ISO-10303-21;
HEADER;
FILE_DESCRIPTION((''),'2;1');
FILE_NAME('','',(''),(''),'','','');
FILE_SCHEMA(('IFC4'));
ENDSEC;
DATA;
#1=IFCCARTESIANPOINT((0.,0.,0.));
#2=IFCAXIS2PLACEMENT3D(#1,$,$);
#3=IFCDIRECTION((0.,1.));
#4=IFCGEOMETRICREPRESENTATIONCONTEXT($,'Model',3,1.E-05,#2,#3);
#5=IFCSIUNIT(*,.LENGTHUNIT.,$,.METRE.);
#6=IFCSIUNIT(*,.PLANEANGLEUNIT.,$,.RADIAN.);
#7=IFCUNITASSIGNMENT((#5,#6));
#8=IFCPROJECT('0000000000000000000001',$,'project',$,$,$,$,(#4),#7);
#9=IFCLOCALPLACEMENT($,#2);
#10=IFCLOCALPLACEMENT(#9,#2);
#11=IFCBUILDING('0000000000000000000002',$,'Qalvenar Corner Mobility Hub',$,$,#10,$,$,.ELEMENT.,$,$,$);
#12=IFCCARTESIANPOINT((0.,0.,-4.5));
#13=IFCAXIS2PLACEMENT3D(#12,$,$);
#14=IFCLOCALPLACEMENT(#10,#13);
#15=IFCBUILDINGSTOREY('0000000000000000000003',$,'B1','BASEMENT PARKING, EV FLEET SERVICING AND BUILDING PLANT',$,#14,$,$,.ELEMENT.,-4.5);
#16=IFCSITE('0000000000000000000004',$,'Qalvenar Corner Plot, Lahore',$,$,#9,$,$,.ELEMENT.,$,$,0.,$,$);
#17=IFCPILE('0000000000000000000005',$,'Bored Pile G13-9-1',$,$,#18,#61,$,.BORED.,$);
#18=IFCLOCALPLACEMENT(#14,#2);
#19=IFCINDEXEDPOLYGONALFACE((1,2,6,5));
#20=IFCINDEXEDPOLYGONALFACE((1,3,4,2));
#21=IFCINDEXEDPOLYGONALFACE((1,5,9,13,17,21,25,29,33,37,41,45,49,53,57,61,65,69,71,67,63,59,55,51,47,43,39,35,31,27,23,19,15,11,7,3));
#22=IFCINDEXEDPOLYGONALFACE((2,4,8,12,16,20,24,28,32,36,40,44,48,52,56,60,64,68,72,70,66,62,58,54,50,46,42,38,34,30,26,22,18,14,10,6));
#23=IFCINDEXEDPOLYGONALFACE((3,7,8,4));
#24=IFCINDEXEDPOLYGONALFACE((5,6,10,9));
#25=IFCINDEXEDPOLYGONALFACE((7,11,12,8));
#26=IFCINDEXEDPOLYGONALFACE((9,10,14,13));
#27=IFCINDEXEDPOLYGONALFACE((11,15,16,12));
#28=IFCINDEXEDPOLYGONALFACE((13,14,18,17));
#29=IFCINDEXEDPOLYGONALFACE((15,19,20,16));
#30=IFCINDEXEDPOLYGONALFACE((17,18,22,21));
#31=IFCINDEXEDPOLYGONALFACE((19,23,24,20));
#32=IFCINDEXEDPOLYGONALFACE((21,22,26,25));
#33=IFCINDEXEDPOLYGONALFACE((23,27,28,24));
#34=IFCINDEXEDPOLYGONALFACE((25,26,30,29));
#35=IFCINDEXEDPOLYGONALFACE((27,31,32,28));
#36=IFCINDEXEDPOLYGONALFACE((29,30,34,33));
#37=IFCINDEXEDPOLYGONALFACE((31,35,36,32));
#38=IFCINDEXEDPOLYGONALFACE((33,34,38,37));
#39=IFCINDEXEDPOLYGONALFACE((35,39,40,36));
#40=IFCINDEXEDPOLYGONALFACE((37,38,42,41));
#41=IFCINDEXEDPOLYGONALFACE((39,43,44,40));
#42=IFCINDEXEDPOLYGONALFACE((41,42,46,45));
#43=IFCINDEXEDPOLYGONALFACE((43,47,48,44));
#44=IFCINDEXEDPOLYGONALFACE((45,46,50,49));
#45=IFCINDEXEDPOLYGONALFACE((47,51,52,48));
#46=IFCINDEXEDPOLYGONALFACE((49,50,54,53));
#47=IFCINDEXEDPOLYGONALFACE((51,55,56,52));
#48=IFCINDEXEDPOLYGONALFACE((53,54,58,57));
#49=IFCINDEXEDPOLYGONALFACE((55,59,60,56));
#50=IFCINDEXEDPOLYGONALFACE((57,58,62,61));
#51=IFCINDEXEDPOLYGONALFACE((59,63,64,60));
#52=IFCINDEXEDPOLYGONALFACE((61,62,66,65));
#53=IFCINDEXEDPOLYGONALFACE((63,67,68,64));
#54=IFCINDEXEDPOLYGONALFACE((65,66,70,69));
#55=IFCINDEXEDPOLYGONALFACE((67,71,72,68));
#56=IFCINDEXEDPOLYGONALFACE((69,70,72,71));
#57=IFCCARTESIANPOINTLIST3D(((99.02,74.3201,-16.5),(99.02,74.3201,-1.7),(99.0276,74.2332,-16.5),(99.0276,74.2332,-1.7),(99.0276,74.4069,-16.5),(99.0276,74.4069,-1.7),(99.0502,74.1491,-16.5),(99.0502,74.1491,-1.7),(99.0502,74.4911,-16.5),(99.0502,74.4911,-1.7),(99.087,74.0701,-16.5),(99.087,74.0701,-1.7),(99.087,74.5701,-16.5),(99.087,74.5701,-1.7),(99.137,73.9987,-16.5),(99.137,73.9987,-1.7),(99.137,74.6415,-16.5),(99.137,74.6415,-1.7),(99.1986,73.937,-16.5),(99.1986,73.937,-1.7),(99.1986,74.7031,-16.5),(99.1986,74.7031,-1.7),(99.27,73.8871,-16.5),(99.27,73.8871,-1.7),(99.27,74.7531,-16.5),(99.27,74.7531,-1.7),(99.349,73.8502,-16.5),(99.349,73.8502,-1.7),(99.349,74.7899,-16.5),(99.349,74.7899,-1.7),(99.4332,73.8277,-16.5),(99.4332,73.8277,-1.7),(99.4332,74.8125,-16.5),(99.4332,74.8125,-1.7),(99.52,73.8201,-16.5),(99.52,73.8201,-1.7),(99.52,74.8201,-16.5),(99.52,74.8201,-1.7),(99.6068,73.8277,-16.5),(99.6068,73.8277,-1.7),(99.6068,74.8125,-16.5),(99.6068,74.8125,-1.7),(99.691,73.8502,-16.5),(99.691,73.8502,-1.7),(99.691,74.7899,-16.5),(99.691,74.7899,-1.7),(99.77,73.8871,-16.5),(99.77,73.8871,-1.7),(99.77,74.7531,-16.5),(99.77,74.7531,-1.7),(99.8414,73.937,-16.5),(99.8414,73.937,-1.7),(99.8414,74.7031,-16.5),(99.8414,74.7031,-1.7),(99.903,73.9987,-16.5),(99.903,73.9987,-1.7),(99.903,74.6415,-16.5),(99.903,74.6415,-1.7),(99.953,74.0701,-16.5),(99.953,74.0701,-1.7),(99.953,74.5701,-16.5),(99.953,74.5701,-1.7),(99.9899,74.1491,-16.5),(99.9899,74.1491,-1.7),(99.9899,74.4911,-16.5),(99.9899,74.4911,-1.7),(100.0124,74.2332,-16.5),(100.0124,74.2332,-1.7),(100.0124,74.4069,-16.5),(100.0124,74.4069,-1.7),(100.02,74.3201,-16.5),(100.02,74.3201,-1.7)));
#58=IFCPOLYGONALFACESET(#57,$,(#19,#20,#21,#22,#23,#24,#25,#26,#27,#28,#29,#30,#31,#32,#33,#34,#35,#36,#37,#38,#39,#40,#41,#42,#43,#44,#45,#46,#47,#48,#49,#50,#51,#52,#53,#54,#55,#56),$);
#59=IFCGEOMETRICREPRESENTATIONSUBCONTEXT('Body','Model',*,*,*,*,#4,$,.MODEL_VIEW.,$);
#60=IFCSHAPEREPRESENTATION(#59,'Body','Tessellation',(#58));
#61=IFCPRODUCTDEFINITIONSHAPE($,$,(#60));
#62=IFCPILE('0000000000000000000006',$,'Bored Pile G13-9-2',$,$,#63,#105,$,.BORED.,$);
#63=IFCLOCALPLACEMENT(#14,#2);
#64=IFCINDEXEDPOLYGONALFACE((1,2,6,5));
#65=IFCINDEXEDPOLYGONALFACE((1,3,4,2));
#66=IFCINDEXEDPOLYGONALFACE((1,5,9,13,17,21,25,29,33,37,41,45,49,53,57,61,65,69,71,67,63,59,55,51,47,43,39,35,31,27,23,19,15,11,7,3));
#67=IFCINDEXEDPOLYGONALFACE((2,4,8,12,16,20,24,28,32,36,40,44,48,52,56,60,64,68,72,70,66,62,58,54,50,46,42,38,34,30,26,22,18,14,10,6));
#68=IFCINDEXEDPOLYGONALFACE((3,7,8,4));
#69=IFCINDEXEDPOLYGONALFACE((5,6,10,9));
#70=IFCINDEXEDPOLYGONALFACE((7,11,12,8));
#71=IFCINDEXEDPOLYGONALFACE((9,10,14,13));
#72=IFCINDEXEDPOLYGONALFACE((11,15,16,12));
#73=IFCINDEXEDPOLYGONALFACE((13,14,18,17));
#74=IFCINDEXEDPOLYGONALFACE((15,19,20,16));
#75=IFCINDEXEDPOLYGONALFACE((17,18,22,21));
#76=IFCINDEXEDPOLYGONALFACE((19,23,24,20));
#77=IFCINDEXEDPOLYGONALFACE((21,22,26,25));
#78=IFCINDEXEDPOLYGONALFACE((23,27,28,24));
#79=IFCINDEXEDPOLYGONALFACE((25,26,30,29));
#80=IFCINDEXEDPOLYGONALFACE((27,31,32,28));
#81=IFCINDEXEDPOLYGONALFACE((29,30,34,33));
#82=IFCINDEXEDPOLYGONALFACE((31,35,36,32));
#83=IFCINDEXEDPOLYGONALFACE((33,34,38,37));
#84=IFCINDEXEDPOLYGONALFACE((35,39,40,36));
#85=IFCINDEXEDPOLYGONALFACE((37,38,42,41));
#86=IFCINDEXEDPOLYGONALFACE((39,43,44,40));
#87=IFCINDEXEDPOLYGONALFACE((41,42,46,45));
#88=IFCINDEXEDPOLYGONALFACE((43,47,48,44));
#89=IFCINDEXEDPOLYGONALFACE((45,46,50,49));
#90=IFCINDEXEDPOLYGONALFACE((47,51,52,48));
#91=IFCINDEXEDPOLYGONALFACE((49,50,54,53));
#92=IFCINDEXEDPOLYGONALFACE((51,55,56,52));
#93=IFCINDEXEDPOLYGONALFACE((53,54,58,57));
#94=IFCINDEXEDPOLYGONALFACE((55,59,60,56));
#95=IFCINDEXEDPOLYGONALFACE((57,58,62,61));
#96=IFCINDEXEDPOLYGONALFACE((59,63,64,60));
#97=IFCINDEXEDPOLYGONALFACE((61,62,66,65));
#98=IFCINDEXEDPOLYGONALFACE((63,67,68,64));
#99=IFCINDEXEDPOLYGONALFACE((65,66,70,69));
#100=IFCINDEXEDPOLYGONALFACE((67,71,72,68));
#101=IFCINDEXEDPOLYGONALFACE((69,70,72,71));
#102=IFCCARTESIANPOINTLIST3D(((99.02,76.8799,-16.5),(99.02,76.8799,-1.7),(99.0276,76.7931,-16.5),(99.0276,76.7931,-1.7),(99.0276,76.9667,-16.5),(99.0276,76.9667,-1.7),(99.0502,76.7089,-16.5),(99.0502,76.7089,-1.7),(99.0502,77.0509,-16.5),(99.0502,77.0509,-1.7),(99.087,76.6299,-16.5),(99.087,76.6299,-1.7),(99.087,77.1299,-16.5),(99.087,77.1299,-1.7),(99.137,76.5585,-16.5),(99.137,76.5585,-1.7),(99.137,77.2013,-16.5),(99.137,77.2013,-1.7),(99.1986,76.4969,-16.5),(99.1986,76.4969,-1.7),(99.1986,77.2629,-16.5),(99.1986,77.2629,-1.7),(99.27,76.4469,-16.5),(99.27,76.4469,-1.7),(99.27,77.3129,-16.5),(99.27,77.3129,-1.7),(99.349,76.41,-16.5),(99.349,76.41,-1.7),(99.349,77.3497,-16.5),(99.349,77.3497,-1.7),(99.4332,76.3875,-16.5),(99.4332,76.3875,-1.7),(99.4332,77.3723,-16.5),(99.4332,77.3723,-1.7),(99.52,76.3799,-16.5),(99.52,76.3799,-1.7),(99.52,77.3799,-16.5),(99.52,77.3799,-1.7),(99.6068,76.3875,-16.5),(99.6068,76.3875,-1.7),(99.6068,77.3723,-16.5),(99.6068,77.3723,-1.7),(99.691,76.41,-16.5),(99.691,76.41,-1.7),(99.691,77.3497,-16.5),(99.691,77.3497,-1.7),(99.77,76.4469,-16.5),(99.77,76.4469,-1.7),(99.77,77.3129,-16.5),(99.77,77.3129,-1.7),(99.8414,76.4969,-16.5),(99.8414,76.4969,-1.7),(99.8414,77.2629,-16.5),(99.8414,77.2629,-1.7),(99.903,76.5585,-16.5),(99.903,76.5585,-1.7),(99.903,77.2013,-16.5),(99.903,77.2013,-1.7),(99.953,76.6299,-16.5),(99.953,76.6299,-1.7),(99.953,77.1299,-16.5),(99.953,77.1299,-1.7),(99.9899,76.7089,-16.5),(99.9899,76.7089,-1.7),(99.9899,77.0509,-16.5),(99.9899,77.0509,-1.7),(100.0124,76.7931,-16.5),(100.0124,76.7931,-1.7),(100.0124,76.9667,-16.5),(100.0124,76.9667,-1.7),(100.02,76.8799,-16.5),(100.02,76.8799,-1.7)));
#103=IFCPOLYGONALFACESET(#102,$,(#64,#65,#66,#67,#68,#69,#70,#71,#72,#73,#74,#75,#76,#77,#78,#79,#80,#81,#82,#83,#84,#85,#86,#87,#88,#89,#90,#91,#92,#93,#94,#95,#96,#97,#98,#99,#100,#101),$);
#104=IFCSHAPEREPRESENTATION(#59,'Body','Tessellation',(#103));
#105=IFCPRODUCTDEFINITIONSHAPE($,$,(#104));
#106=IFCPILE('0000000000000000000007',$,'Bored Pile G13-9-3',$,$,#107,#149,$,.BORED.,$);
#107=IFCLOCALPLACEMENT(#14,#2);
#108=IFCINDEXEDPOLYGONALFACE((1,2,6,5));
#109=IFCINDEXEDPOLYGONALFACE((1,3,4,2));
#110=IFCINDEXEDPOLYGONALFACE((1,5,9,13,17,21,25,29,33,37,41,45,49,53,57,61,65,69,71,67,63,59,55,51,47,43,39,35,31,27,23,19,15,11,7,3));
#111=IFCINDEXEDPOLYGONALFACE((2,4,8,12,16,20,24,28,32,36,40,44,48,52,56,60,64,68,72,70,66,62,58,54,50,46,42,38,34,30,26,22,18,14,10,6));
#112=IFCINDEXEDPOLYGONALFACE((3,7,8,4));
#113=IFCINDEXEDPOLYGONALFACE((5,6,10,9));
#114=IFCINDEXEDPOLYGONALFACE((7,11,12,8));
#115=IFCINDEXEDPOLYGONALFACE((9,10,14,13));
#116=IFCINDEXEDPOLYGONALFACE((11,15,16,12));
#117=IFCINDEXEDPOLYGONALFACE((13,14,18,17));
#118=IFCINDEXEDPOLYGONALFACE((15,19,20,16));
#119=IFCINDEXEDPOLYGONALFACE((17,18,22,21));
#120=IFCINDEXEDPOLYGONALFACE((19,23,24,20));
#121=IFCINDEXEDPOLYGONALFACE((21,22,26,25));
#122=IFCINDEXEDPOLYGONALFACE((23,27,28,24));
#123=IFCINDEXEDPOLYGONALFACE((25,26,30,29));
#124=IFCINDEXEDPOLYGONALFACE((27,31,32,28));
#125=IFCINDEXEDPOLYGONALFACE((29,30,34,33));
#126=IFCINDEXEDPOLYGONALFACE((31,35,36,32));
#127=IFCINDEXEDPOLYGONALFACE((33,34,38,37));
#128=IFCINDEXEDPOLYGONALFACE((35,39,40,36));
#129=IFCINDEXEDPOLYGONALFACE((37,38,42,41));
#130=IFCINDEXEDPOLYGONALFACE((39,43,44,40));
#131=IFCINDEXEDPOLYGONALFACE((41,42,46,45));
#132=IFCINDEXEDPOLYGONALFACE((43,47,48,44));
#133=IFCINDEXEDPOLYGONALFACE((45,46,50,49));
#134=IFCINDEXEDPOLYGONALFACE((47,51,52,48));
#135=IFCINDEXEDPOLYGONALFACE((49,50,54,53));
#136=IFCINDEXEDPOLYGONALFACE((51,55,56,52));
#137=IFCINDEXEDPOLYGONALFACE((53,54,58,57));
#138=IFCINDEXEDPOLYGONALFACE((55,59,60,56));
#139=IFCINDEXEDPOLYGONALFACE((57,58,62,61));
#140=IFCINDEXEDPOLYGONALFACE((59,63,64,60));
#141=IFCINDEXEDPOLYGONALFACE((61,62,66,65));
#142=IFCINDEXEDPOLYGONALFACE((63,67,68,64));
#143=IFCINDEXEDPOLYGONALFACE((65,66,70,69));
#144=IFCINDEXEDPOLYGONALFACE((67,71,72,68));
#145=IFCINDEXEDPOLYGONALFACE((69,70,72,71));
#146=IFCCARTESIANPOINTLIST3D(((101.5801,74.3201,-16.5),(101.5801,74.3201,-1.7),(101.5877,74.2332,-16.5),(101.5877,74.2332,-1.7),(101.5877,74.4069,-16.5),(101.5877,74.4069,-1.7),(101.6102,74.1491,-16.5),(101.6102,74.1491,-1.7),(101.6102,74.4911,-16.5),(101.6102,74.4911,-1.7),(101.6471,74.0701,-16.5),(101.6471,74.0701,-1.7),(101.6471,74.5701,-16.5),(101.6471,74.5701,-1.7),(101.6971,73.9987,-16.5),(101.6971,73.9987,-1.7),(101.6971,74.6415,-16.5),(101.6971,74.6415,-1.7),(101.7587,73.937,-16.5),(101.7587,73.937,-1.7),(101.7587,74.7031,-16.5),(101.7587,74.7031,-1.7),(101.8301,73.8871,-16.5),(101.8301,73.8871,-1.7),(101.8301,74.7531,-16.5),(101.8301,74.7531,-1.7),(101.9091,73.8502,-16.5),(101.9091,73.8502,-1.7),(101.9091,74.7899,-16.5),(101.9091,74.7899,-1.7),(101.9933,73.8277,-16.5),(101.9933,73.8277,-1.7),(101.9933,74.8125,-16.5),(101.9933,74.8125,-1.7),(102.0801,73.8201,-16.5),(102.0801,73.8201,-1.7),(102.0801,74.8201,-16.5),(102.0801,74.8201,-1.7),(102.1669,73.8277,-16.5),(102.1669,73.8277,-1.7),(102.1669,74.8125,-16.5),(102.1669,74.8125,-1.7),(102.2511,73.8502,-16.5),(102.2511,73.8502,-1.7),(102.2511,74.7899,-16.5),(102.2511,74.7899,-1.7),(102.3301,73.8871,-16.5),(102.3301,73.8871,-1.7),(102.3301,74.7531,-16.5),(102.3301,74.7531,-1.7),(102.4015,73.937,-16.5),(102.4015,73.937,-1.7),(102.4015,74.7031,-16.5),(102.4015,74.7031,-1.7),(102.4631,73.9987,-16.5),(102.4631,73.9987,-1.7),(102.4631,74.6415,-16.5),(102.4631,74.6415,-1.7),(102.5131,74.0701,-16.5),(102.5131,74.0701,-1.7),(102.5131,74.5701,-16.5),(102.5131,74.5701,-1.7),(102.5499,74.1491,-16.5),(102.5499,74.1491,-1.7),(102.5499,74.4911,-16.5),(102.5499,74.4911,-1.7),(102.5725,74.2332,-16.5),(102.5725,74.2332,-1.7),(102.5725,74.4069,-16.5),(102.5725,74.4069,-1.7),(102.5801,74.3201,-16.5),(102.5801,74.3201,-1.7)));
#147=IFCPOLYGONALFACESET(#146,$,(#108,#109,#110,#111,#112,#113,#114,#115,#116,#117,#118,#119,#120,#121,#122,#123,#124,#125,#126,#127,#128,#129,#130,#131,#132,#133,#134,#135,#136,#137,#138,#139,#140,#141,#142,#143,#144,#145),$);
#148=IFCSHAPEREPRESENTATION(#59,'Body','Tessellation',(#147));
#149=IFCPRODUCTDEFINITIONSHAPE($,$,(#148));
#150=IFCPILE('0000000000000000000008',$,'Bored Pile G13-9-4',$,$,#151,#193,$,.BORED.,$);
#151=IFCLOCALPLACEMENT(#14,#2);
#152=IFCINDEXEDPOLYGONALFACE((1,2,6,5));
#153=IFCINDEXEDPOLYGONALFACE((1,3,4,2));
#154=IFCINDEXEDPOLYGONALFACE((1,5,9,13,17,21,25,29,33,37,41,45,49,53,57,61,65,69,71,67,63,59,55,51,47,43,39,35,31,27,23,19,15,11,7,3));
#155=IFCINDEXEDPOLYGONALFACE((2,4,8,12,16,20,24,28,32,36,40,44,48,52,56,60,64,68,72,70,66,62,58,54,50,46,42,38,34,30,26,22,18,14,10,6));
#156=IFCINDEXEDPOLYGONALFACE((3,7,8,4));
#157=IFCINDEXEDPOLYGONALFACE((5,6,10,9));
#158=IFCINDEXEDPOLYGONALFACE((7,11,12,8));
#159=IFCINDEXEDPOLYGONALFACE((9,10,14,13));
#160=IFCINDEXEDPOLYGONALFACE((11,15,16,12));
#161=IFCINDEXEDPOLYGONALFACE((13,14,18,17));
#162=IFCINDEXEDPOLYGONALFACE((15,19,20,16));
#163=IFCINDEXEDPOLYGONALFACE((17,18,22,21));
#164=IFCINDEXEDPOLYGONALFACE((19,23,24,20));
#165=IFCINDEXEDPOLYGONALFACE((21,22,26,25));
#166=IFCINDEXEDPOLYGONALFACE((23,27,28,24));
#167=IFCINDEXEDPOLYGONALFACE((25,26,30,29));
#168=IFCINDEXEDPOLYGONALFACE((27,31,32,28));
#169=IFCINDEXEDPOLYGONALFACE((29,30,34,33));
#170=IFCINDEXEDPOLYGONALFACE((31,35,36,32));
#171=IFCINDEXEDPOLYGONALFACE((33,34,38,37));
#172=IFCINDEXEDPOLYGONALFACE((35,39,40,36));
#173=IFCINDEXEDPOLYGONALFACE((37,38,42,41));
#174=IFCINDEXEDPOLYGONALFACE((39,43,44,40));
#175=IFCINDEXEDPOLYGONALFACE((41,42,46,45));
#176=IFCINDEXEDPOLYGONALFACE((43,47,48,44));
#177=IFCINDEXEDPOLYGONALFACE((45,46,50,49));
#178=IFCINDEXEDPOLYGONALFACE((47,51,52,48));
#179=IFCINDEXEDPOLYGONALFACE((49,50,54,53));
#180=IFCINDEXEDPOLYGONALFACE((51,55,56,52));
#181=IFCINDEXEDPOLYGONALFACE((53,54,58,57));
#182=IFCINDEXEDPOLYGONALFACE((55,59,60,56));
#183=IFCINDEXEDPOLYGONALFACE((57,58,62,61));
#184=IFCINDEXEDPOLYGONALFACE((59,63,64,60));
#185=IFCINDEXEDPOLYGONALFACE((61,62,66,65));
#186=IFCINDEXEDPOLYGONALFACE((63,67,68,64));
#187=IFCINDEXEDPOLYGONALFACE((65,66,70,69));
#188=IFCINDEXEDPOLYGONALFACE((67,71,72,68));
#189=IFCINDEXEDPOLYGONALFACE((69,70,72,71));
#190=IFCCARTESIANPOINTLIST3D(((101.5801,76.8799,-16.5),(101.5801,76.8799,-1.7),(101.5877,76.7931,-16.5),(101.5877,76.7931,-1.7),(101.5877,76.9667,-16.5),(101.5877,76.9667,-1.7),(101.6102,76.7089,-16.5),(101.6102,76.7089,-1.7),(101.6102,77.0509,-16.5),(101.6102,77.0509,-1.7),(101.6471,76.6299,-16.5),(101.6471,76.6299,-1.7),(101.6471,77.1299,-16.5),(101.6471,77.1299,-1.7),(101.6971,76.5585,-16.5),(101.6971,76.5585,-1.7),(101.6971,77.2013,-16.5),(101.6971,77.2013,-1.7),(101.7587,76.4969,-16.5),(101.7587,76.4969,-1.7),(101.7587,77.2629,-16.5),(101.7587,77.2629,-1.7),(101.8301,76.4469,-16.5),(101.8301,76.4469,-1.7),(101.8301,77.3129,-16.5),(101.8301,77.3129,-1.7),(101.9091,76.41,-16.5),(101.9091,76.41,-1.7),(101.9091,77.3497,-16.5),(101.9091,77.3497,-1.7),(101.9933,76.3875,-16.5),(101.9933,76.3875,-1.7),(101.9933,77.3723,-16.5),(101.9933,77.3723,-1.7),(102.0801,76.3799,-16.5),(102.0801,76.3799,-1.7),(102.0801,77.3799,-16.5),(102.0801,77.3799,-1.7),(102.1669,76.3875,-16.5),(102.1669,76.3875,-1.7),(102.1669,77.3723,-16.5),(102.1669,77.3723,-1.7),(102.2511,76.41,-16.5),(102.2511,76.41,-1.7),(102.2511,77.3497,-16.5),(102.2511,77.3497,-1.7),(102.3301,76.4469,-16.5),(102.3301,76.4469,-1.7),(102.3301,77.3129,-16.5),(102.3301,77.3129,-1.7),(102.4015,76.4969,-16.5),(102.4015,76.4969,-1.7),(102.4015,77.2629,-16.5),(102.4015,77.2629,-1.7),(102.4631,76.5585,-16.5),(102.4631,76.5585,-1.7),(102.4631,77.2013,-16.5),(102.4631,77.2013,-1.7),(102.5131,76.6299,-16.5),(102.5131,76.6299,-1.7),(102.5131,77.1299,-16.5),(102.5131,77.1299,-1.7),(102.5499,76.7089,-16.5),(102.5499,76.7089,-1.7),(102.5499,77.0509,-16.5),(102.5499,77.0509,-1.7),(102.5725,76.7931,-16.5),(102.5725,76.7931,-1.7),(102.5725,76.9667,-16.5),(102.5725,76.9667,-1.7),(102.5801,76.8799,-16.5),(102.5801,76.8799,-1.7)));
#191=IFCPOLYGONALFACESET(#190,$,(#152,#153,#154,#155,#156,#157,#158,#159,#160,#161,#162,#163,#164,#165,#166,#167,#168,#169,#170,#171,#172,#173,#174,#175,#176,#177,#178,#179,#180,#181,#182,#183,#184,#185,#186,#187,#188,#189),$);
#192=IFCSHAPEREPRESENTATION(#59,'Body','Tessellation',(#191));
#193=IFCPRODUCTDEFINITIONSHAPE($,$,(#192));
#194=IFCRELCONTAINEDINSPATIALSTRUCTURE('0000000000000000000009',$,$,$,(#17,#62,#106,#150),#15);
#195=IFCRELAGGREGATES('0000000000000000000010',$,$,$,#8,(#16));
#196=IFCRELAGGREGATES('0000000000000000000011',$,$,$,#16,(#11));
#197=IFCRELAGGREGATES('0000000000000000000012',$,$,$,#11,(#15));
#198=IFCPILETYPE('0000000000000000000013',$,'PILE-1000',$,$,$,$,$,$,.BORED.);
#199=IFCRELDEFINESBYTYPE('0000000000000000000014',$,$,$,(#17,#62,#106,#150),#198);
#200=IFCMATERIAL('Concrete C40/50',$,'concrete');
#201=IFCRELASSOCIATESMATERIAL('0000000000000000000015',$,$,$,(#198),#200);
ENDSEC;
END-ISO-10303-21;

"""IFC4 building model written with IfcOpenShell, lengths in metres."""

from ifc_helpers import new_model, si_unit, direction, frame, origin, origin_2d, place, context, subcontext, project, spatial, circle, extrude, material, material_profile, profile_set, type_object, element, save


model = new_model("IFC4")

# Units and contexts
model_context = context("Model", 3, precision=1e-05, world=origin(), true_north=direction((0.0, 1.0)))
body_context = subcontext(model_context, "Body", "Model", "MODEL_VIEW")
ifc_project = project(units=[si_unit("LENGTHUNIT", "METRE"), si_unit("PLANEANGLEUNIT", "RADIAN")], contexts=[model_context])

# Site, building, storey
site_placement = place(None, origin())
site = spatial("IfcSite", under=ifc_project, at=site_placement, Name="Qalvenar Corner Plot, Lahore", CompositionType="ELEMENT", RefElevation=0.0)
building_placement = place(site_placement, origin())
building = spatial("IfcBuilding", under=site, at=building_placement, Name="Qalvenar Corner Mobility Hub", CompositionType="ELEMENT")
storey_placement = place(building_placement, frame((0.0, 0.0, -4.5)))
storey = spatial("IfcBuildingStorey", under=building, at=storey_placement, Name="B1", Description="BASEMENT PARKING, EV FLEET SERVICING AND BUILDING PLANT", CompositionType="ELEMENT", Elevation=-4.5)

# Shared definitions
ifc_material_1 = material(Name="Concrete C40/50", Category="concrete")

# Piles
ifc_material_profile_1 = material_profile(ifc_material_1, circle(Radius=0.5, at=origin_2d()), Name="DIA1000")
ifc_profile_set_1 = profile_set([ifc_material_profile_1], Name="Concrete C40/50")
pile_type = type_object("IfcPileType", Name="PILE-1000", PredefinedType="BORED", material=ifc_profile_set_1)
for number, where, z_axis, x_axis, name in (
    (1, (99.52, 74.3201, -1.7), (0.0, 0.0, -1.0), (1.0, 0.0, 0.0), "Bored Pile G13-9-1"),
    (2, (99.52, 76.8799, -1.7), (0.0, 0.0, -1.0), (1.0, 0.0, 0.0), "Bored Pile G13-9-2"),
    (3, (102.0801, 74.3201, -1.7), (0.0, 0.0, -1.0), (1.0, 0.0, 0.0), "Bored Pile G13-9-3"),
    (4, (102.0801, 76.8799, -1.7), (0.0, 0.0, -1.0), (1.0, 0.0, 0.0), "Bored Pile G13-9-4"),
):
    element("IfcPile", number, at=place(storey_placement, frame(where, z_axis=z_axis, x_axis=x_axis)), inside=storey, type_object=pile_type, Name=name, PredefinedType="BORED", context=body_context, shape_type="SweptSolid", body=[
        extrude(circle(Radius=0.5, at=origin_2d()), origin(), (0.0, 0.0, 1.0), 14.8),
    ])

save(model, "model.ifc")
